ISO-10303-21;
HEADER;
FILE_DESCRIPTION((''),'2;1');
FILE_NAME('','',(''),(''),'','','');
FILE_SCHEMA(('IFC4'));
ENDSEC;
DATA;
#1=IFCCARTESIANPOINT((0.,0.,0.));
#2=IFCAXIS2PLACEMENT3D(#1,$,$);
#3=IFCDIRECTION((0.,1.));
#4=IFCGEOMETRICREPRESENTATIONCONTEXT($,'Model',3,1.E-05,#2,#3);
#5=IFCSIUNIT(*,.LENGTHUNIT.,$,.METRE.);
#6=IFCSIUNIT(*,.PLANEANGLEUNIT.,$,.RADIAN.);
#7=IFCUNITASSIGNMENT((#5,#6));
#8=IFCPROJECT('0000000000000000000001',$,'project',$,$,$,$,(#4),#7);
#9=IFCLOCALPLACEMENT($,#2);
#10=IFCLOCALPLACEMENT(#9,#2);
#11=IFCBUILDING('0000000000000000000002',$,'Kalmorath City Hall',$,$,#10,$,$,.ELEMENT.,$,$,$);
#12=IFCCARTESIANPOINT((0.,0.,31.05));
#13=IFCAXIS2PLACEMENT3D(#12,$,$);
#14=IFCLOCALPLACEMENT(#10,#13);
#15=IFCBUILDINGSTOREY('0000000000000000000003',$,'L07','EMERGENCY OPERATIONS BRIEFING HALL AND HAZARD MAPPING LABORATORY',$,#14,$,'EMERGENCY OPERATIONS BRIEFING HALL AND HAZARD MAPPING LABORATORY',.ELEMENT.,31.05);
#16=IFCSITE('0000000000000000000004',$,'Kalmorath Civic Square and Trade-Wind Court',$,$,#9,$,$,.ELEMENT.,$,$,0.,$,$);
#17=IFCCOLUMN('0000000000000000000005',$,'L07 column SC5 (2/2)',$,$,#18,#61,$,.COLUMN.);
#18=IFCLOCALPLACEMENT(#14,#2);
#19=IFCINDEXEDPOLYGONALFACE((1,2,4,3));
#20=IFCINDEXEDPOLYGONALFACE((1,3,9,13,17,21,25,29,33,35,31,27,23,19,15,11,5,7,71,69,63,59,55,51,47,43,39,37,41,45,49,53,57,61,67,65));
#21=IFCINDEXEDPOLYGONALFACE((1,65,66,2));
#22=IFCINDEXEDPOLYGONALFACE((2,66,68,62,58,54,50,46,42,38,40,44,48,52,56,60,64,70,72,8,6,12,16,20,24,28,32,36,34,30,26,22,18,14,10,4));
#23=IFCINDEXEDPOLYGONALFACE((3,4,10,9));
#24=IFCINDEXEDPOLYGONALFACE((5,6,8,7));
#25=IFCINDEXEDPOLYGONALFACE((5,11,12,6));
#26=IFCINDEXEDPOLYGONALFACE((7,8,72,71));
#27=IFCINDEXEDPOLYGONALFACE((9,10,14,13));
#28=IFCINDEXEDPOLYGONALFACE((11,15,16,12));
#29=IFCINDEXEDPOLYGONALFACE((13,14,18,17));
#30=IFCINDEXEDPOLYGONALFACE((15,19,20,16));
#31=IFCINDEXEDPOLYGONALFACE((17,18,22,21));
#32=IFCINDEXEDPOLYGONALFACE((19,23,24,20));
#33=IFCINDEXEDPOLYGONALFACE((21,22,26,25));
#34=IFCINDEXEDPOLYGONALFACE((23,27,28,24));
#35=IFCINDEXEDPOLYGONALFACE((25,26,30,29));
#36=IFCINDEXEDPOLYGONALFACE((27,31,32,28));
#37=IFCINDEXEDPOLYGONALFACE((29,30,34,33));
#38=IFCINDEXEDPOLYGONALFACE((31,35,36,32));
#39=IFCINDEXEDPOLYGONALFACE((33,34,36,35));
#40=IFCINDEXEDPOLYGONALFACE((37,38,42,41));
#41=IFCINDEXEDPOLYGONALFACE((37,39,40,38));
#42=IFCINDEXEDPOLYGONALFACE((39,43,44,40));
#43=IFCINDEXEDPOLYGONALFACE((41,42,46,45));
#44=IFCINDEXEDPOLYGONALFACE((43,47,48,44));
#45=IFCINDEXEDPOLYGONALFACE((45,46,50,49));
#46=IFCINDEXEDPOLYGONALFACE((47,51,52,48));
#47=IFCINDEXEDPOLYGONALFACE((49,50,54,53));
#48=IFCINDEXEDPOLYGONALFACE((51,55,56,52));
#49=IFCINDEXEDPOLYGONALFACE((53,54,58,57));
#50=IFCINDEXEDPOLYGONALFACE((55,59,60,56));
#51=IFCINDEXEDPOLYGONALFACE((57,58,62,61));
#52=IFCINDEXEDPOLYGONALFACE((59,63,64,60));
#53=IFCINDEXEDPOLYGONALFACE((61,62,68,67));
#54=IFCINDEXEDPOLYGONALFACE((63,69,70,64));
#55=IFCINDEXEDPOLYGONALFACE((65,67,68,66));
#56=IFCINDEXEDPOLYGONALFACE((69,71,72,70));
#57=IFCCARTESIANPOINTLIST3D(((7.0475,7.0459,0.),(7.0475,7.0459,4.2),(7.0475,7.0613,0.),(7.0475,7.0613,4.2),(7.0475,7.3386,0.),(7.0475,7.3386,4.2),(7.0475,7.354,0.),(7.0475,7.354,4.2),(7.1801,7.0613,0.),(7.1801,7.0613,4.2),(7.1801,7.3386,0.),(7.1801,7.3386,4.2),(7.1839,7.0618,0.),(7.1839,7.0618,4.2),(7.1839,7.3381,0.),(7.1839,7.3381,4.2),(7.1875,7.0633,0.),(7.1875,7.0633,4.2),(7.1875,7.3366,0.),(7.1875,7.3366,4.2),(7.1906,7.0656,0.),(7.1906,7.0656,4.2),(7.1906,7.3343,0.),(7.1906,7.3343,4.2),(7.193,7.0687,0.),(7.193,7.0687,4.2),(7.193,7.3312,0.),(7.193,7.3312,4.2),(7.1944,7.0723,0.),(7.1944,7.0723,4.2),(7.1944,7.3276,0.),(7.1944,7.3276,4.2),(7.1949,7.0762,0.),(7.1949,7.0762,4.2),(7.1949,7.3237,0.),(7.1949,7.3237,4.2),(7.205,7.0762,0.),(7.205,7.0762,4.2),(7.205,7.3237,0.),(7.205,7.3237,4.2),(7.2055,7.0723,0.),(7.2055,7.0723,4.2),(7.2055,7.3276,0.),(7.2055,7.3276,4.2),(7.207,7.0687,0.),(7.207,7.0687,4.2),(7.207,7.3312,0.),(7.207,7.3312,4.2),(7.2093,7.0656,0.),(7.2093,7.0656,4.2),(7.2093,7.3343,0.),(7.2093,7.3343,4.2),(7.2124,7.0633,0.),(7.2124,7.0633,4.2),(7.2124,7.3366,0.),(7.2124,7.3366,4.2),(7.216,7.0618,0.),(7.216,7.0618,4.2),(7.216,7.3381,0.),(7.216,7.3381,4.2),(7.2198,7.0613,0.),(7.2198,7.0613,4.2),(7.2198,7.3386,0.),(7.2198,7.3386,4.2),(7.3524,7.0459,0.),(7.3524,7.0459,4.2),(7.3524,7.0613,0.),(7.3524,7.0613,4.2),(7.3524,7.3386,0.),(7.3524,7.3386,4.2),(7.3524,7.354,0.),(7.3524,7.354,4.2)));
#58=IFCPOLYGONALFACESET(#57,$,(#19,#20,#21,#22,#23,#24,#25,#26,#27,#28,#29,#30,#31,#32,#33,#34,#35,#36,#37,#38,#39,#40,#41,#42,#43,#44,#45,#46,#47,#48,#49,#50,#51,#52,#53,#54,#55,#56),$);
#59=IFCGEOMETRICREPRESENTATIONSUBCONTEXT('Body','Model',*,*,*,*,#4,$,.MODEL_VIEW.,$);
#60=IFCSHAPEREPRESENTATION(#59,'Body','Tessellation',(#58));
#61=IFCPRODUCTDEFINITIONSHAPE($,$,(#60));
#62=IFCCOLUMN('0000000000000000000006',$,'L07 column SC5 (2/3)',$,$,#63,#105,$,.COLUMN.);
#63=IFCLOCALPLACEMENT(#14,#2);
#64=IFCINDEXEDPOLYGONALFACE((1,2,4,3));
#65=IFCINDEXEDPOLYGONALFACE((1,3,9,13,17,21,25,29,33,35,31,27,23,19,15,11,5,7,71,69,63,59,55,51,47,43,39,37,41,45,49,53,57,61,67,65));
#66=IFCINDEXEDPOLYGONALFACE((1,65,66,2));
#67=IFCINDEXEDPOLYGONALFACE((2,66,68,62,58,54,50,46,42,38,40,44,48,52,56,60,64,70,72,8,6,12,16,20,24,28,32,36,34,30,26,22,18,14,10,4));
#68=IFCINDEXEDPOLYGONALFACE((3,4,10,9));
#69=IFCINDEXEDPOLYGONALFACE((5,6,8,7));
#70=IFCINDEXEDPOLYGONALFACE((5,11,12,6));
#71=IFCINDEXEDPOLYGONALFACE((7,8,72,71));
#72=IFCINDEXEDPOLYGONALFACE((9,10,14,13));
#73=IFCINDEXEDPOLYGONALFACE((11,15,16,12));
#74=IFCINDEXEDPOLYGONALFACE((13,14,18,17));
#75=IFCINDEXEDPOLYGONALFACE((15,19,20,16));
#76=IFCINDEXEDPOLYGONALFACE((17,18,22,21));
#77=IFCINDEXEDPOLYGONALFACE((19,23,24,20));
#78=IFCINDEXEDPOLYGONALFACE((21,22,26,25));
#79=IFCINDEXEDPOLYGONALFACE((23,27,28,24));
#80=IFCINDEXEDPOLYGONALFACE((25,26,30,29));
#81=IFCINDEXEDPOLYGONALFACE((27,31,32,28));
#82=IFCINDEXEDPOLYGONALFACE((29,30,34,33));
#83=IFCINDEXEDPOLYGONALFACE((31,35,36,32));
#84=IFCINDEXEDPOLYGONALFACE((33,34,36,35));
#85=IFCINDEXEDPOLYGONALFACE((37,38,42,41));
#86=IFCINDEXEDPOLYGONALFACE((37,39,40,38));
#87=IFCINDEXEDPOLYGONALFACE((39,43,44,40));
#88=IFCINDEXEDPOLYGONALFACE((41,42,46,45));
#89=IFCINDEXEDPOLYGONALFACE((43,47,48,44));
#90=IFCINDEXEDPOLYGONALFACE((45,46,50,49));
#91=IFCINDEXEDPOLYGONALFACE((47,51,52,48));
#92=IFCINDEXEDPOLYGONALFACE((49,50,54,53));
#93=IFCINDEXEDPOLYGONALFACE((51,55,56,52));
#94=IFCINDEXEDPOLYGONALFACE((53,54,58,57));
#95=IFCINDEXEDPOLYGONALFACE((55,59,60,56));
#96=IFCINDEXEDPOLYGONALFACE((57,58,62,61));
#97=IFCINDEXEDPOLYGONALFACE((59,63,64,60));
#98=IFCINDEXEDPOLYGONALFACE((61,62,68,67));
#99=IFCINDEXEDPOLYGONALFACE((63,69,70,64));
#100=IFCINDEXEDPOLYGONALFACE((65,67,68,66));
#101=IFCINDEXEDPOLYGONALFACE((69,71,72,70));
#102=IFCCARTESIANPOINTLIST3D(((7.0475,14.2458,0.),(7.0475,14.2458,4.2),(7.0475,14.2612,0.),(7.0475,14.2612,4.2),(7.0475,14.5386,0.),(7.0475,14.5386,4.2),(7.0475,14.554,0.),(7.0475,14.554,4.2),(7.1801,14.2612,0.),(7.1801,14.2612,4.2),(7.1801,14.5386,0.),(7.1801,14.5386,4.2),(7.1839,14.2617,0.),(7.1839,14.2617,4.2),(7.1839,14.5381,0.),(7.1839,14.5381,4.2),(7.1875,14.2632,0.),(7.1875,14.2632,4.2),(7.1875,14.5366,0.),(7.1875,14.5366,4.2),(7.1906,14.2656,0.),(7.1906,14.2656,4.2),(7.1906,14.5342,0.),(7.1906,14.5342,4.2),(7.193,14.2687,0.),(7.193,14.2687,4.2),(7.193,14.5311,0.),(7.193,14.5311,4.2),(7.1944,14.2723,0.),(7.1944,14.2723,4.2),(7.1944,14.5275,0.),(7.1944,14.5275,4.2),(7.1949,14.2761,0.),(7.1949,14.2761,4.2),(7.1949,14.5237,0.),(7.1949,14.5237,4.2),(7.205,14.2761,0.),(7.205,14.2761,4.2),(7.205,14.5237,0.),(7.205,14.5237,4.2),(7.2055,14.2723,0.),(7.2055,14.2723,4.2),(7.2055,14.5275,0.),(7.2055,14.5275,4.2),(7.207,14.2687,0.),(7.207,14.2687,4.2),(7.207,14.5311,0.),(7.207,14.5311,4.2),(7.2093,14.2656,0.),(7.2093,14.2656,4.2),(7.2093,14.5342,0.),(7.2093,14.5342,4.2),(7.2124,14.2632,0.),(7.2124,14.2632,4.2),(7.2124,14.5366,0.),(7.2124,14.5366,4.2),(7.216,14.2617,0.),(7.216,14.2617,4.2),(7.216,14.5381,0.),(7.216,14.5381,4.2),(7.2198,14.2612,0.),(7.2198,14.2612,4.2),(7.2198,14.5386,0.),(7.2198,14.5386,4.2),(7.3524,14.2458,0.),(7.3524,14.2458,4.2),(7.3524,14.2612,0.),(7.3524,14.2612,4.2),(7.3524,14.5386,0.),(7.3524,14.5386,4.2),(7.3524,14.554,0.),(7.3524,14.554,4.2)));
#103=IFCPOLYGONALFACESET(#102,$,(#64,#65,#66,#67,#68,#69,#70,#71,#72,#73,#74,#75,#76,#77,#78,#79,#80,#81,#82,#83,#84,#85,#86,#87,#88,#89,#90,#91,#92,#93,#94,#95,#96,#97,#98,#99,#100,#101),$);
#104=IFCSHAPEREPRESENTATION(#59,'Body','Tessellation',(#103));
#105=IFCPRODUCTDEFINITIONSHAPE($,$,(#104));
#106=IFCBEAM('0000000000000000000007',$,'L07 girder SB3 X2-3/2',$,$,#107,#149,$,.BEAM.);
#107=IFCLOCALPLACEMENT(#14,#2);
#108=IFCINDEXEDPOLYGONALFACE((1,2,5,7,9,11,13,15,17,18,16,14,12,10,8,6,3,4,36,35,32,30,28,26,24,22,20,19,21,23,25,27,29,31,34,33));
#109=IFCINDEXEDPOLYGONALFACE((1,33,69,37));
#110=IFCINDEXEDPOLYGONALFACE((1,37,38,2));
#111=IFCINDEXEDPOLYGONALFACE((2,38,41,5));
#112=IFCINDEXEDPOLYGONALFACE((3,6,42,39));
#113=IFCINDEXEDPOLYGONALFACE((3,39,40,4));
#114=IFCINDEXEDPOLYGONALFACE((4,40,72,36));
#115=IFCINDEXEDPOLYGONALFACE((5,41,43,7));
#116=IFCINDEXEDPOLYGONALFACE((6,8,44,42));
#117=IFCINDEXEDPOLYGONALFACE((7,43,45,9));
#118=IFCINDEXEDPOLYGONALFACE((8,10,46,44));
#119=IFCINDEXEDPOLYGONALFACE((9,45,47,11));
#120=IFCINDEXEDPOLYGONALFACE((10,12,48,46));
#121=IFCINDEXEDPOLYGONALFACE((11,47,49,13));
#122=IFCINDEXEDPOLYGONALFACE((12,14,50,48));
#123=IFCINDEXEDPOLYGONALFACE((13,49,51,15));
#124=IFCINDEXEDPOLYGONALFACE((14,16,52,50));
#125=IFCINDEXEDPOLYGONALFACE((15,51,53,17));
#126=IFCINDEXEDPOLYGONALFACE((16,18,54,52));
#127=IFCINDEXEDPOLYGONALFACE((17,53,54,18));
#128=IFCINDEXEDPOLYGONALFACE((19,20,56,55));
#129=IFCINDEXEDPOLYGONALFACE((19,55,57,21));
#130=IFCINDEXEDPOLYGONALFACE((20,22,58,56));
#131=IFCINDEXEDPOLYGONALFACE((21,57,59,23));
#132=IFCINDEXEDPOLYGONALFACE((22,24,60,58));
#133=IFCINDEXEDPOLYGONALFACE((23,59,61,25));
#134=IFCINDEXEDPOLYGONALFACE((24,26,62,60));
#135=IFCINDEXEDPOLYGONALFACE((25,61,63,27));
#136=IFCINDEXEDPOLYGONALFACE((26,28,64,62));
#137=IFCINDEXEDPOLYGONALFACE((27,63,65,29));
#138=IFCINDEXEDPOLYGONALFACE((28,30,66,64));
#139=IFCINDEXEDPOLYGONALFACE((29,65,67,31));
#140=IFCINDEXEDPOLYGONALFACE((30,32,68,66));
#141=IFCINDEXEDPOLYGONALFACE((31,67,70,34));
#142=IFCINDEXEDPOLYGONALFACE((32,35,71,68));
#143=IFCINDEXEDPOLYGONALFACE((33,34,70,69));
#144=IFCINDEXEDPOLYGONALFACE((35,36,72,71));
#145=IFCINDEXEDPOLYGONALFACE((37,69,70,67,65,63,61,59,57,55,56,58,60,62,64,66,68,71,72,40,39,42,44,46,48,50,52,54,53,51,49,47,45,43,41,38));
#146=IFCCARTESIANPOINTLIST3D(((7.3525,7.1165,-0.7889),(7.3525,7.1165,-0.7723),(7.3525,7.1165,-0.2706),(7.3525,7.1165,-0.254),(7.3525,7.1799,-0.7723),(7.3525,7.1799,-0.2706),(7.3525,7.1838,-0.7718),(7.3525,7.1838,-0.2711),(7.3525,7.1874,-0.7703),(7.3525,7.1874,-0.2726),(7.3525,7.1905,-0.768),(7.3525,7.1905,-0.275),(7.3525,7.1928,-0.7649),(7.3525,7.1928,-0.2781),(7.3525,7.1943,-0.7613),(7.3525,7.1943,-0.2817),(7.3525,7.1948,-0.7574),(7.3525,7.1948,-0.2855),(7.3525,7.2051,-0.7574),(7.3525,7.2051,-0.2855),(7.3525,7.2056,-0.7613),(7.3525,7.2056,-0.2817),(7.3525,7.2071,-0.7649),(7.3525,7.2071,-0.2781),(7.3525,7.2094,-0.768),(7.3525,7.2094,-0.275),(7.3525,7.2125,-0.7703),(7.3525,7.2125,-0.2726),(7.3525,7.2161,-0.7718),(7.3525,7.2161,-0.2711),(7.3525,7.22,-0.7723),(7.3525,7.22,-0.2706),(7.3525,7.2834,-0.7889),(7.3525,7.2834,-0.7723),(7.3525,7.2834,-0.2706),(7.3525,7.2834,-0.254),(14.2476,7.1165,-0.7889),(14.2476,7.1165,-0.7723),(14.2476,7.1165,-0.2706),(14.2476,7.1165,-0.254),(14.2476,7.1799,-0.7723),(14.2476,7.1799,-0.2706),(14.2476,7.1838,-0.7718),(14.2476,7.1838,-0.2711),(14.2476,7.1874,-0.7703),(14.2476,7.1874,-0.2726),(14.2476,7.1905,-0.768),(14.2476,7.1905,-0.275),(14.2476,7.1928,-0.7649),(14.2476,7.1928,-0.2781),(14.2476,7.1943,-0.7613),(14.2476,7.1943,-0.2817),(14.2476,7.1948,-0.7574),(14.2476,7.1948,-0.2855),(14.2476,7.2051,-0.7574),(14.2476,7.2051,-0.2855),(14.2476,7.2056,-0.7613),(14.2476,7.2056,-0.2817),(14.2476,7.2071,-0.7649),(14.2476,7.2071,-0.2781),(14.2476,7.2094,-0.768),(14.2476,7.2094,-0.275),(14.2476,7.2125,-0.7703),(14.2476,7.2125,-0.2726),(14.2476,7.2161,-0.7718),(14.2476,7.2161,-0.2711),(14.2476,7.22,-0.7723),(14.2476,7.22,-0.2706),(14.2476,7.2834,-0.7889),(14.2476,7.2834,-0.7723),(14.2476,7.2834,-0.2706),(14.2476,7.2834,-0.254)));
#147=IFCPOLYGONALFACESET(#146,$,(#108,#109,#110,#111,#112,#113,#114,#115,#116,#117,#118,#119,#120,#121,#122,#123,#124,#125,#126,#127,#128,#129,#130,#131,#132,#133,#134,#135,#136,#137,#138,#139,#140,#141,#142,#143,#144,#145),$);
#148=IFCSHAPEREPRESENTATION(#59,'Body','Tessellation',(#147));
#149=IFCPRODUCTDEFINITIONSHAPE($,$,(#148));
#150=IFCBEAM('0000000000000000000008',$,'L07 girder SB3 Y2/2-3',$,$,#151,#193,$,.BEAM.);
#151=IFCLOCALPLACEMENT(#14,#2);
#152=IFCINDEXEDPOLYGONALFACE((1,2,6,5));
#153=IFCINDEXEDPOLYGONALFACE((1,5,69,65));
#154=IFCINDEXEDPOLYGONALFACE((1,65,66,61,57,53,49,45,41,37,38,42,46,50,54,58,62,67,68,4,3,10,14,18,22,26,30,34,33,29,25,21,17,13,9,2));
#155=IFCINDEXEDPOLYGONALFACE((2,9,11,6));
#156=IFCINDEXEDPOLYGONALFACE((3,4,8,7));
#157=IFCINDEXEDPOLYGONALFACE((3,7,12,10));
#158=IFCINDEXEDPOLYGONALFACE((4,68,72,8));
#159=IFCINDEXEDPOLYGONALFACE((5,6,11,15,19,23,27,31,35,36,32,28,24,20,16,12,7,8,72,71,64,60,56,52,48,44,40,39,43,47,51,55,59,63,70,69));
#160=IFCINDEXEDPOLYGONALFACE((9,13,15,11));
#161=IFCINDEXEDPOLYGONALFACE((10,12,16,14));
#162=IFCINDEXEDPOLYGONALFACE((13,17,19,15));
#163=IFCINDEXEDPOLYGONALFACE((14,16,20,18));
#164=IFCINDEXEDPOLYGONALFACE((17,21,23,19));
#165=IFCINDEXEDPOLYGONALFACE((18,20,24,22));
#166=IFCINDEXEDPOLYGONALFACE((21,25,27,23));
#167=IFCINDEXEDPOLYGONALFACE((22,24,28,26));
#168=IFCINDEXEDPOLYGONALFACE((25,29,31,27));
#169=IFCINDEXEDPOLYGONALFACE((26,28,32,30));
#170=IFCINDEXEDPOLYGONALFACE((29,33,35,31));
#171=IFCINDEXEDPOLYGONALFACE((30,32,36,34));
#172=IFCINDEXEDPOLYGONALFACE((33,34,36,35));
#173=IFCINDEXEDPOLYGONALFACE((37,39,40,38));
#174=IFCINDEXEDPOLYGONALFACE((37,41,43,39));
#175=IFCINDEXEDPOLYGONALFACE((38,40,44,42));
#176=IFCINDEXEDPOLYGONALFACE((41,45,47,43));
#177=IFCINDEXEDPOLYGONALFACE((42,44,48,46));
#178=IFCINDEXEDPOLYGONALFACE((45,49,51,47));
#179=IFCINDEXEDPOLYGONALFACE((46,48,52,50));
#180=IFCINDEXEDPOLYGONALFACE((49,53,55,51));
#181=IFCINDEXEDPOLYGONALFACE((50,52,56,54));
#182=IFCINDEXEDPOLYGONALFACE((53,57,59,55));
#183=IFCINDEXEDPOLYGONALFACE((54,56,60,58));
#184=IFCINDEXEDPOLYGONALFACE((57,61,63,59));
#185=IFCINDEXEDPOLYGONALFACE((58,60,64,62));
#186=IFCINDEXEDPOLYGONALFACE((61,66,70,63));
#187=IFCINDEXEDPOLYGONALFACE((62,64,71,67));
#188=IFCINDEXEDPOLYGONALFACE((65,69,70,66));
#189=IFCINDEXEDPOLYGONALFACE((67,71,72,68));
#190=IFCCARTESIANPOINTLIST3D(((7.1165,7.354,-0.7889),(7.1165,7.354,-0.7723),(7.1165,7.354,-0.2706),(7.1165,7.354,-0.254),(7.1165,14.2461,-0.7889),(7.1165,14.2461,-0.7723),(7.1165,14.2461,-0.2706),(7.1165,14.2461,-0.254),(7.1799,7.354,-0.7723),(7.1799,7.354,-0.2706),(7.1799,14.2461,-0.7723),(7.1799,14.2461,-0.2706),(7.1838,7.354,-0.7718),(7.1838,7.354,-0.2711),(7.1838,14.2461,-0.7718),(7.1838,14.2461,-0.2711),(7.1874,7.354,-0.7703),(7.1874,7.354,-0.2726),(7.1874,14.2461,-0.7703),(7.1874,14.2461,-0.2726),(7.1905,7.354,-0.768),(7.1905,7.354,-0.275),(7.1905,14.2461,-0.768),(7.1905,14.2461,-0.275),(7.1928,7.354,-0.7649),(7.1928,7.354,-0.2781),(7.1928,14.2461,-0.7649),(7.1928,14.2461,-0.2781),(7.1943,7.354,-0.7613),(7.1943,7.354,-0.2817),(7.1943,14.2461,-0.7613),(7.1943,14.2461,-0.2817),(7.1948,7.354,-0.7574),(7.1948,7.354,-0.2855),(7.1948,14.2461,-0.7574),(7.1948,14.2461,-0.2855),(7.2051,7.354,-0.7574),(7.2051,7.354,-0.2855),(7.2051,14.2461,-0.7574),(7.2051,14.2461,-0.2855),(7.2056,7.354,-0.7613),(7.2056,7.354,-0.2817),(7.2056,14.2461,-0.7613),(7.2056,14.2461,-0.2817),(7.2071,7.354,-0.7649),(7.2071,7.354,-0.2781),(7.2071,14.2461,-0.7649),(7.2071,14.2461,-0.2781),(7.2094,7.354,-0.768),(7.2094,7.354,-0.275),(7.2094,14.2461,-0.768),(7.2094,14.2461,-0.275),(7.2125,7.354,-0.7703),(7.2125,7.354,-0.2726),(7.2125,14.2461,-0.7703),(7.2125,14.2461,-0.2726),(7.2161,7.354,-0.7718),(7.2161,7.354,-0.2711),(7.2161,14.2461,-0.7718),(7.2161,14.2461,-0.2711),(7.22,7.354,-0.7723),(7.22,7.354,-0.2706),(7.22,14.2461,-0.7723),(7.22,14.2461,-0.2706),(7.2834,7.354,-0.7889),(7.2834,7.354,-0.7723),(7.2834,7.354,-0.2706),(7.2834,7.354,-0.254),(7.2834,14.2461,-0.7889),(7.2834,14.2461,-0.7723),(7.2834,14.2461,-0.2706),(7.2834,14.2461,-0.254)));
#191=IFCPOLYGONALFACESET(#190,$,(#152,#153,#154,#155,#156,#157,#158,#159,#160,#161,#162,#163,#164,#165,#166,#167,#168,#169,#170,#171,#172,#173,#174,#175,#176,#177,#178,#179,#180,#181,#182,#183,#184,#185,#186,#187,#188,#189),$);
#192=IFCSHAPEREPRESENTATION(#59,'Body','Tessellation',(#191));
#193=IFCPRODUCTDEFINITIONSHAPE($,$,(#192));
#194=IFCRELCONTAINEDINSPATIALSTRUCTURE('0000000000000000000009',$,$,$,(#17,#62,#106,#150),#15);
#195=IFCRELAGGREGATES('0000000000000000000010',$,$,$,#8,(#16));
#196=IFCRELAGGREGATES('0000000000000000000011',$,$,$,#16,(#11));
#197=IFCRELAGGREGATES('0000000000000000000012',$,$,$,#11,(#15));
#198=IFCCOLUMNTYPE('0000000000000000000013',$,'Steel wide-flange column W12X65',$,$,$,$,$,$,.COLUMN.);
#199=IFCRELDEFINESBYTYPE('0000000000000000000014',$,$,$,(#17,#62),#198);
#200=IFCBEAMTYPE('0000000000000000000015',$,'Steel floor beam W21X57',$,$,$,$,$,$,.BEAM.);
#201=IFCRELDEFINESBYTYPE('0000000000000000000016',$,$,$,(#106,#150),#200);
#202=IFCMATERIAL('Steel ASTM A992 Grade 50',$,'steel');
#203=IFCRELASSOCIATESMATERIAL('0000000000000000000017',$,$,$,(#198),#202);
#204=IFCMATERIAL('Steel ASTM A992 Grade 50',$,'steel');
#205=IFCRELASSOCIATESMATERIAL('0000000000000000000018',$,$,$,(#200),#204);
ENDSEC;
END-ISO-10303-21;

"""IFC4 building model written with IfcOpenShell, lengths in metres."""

from ifc_helpers import new_model, si_unit, direction, frame, origin, origin_2d, place, context, subcontext, project, spatial, i_section, extrude, material, material_profile, profile_set, type_object, element, save


model = new_model("IFC4")

# Units and contexts
model_context = context("Model", 3, precision=1e-05, world=origin(), true_north=direction((0.0, 1.0)))
body_context = subcontext(model_context, "Body", "Model", "MODEL_VIEW")
ifc_project = project(units=[si_unit("LENGTHUNIT", "METRE"), si_unit("PLANEANGLEUNIT", "RADIAN")], contexts=[model_context])

# Site, building, storey
site_placement = place(None, origin())
site = spatial("IfcSite", under=ifc_project, at=site_placement, Name="Kalmorath Civic Square and Trade-Wind Court", CompositionType="ELEMENT", RefElevation=0.0)
building_placement = place(site_placement, origin())
building = spatial("IfcBuilding", under=site, at=building_placement, Name="Kalmorath City Hall", CompositionType="ELEMENT")
storey_placement = place(building_placement, frame((0.0, 0.0, 31.05)))
storey = spatial("IfcBuildingStorey", under=building, at=storey_placement, Name="L07", Description="EMERGENCY OPERATIONS BRIEFING HALL AND HAZARD MAPPING LABORATORY", LongName="EMERGENCY OPERATIONS BRIEFING HALL AND HAZARD MAPPING LABORATORY", CompositionType="ELEMENT", Elevation=31.05)

# Columns
ifc_material_1 = material(Name="Steel ASTM A992 Grade 50", Category="steel")
ifc_material_profile_1 = material_profile(ifc_material_1, i_section(OverallWidth=0.3049, OverallDepth=0.3081, WebThickness=0.01, FlangeThickness=0.0154, FilletRadius=0.0149, at=origin_2d()), Name="W12X65")
ifc_profile_set_1 = profile_set([ifc_material_profile_1], Name="Steel ASTM A992 Grade 50")
column_type = type_object("IfcColumnType", Name="Steel wide-flange column W12X65", PredefinedType="COLUMN", material=ifc_profile_set_1)
for number, where, z_axis, x_axis, name in (
    (1, (7.2, 7.2, 0.0), (0.0, 0.0, 1.0), (1.0, 0.0, 0.0), "L07 column SC5 (2/2)"),
    (2, (7.2, 14.3999, 0.0), (0.0, 0.0, 1.0), (1.0, 0.0, 0.0), "L07 column SC5 (2/3)"),
):
    element("IfcColumn", number, at=place(storey_placement, frame(where, z_axis=z_axis, x_axis=x_axis)), inside=storey, type_object=column_type, Name=name, PredefinedType="COLUMN", context=body_context, shape_type="SweptSolid", body=[
        extrude(i_section(OverallWidth=0.3049, OverallDepth=0.3081, WebThickness=0.01, FlangeThickness=0.0154, FilletRadius=0.0149, at=origin_2d()), origin(), (0.0, 0.0, 1.0), 4.2),
    ])

# Beams
ifc_material_2 = material(Name="Steel ASTM A992 Grade 50", Category="steel")
ifc_material_profile_2 = material_profile(ifc_material_2, i_section(OverallWidth=0.167, OverallDepth=0.5349, WebThickness=0.0103, FlangeThickness=0.0166, FilletRadius=0.0149, at=origin_2d()), Name="W21X57")
ifc_profile_set_2 = profile_set([ifc_material_profile_2], Name="Steel ASTM A992 Grade 50")
beam_type = type_object("IfcBeamType", Name="Steel floor beam W21X57", PredefinedType="BEAM", material=ifc_profile_set_2)
beam_1_placement = place(storey_placement, frame((7.3525, 7.2, -0.5215), z_axis=(1.0, 0.0, 0.0), x_axis=(0.0, 1.0, 0.0)))
element("IfcBeam", 3, at=beam_1_placement, inside=storey, type_object=beam_type, Name="L07 girder SB3 X2-3/2", PredefinedType="BEAM", context=body_context, shape_type="SweptSolid", body=[
    extrude(i_section(OverallWidth=0.167, OverallDepth=0.5349, WebThickness=0.0103, FlangeThickness=0.0166, FilletRadius=0.0149, at=origin_2d()), origin(), (0.0, 0.0, 1.0), 6.895),
])
beam_2_placement = place(storey_placement, frame((7.2, 7.354, -0.5215), z_axis=(0.0, 1.0, 0.0), x_axis=(-1.0, 0.0, 0.0)))
element("IfcBeam", 4, at=beam_2_placement, inside=storey, type_object=beam_type, Name="L07 girder SB3 Y2/2-3", PredefinedType="BEAM", context=body_context, shape_type="SweptSolid", body=[
    extrude(i_section(OverallWidth=0.167, OverallDepth=0.5349, WebThickness=0.0103, FlangeThickness=0.0166, FilletRadius=0.0149, at=origin_2d()), origin(), (0.0, 0.0, 1.0), 6.8921),
])

save(model, "model.ifc")
